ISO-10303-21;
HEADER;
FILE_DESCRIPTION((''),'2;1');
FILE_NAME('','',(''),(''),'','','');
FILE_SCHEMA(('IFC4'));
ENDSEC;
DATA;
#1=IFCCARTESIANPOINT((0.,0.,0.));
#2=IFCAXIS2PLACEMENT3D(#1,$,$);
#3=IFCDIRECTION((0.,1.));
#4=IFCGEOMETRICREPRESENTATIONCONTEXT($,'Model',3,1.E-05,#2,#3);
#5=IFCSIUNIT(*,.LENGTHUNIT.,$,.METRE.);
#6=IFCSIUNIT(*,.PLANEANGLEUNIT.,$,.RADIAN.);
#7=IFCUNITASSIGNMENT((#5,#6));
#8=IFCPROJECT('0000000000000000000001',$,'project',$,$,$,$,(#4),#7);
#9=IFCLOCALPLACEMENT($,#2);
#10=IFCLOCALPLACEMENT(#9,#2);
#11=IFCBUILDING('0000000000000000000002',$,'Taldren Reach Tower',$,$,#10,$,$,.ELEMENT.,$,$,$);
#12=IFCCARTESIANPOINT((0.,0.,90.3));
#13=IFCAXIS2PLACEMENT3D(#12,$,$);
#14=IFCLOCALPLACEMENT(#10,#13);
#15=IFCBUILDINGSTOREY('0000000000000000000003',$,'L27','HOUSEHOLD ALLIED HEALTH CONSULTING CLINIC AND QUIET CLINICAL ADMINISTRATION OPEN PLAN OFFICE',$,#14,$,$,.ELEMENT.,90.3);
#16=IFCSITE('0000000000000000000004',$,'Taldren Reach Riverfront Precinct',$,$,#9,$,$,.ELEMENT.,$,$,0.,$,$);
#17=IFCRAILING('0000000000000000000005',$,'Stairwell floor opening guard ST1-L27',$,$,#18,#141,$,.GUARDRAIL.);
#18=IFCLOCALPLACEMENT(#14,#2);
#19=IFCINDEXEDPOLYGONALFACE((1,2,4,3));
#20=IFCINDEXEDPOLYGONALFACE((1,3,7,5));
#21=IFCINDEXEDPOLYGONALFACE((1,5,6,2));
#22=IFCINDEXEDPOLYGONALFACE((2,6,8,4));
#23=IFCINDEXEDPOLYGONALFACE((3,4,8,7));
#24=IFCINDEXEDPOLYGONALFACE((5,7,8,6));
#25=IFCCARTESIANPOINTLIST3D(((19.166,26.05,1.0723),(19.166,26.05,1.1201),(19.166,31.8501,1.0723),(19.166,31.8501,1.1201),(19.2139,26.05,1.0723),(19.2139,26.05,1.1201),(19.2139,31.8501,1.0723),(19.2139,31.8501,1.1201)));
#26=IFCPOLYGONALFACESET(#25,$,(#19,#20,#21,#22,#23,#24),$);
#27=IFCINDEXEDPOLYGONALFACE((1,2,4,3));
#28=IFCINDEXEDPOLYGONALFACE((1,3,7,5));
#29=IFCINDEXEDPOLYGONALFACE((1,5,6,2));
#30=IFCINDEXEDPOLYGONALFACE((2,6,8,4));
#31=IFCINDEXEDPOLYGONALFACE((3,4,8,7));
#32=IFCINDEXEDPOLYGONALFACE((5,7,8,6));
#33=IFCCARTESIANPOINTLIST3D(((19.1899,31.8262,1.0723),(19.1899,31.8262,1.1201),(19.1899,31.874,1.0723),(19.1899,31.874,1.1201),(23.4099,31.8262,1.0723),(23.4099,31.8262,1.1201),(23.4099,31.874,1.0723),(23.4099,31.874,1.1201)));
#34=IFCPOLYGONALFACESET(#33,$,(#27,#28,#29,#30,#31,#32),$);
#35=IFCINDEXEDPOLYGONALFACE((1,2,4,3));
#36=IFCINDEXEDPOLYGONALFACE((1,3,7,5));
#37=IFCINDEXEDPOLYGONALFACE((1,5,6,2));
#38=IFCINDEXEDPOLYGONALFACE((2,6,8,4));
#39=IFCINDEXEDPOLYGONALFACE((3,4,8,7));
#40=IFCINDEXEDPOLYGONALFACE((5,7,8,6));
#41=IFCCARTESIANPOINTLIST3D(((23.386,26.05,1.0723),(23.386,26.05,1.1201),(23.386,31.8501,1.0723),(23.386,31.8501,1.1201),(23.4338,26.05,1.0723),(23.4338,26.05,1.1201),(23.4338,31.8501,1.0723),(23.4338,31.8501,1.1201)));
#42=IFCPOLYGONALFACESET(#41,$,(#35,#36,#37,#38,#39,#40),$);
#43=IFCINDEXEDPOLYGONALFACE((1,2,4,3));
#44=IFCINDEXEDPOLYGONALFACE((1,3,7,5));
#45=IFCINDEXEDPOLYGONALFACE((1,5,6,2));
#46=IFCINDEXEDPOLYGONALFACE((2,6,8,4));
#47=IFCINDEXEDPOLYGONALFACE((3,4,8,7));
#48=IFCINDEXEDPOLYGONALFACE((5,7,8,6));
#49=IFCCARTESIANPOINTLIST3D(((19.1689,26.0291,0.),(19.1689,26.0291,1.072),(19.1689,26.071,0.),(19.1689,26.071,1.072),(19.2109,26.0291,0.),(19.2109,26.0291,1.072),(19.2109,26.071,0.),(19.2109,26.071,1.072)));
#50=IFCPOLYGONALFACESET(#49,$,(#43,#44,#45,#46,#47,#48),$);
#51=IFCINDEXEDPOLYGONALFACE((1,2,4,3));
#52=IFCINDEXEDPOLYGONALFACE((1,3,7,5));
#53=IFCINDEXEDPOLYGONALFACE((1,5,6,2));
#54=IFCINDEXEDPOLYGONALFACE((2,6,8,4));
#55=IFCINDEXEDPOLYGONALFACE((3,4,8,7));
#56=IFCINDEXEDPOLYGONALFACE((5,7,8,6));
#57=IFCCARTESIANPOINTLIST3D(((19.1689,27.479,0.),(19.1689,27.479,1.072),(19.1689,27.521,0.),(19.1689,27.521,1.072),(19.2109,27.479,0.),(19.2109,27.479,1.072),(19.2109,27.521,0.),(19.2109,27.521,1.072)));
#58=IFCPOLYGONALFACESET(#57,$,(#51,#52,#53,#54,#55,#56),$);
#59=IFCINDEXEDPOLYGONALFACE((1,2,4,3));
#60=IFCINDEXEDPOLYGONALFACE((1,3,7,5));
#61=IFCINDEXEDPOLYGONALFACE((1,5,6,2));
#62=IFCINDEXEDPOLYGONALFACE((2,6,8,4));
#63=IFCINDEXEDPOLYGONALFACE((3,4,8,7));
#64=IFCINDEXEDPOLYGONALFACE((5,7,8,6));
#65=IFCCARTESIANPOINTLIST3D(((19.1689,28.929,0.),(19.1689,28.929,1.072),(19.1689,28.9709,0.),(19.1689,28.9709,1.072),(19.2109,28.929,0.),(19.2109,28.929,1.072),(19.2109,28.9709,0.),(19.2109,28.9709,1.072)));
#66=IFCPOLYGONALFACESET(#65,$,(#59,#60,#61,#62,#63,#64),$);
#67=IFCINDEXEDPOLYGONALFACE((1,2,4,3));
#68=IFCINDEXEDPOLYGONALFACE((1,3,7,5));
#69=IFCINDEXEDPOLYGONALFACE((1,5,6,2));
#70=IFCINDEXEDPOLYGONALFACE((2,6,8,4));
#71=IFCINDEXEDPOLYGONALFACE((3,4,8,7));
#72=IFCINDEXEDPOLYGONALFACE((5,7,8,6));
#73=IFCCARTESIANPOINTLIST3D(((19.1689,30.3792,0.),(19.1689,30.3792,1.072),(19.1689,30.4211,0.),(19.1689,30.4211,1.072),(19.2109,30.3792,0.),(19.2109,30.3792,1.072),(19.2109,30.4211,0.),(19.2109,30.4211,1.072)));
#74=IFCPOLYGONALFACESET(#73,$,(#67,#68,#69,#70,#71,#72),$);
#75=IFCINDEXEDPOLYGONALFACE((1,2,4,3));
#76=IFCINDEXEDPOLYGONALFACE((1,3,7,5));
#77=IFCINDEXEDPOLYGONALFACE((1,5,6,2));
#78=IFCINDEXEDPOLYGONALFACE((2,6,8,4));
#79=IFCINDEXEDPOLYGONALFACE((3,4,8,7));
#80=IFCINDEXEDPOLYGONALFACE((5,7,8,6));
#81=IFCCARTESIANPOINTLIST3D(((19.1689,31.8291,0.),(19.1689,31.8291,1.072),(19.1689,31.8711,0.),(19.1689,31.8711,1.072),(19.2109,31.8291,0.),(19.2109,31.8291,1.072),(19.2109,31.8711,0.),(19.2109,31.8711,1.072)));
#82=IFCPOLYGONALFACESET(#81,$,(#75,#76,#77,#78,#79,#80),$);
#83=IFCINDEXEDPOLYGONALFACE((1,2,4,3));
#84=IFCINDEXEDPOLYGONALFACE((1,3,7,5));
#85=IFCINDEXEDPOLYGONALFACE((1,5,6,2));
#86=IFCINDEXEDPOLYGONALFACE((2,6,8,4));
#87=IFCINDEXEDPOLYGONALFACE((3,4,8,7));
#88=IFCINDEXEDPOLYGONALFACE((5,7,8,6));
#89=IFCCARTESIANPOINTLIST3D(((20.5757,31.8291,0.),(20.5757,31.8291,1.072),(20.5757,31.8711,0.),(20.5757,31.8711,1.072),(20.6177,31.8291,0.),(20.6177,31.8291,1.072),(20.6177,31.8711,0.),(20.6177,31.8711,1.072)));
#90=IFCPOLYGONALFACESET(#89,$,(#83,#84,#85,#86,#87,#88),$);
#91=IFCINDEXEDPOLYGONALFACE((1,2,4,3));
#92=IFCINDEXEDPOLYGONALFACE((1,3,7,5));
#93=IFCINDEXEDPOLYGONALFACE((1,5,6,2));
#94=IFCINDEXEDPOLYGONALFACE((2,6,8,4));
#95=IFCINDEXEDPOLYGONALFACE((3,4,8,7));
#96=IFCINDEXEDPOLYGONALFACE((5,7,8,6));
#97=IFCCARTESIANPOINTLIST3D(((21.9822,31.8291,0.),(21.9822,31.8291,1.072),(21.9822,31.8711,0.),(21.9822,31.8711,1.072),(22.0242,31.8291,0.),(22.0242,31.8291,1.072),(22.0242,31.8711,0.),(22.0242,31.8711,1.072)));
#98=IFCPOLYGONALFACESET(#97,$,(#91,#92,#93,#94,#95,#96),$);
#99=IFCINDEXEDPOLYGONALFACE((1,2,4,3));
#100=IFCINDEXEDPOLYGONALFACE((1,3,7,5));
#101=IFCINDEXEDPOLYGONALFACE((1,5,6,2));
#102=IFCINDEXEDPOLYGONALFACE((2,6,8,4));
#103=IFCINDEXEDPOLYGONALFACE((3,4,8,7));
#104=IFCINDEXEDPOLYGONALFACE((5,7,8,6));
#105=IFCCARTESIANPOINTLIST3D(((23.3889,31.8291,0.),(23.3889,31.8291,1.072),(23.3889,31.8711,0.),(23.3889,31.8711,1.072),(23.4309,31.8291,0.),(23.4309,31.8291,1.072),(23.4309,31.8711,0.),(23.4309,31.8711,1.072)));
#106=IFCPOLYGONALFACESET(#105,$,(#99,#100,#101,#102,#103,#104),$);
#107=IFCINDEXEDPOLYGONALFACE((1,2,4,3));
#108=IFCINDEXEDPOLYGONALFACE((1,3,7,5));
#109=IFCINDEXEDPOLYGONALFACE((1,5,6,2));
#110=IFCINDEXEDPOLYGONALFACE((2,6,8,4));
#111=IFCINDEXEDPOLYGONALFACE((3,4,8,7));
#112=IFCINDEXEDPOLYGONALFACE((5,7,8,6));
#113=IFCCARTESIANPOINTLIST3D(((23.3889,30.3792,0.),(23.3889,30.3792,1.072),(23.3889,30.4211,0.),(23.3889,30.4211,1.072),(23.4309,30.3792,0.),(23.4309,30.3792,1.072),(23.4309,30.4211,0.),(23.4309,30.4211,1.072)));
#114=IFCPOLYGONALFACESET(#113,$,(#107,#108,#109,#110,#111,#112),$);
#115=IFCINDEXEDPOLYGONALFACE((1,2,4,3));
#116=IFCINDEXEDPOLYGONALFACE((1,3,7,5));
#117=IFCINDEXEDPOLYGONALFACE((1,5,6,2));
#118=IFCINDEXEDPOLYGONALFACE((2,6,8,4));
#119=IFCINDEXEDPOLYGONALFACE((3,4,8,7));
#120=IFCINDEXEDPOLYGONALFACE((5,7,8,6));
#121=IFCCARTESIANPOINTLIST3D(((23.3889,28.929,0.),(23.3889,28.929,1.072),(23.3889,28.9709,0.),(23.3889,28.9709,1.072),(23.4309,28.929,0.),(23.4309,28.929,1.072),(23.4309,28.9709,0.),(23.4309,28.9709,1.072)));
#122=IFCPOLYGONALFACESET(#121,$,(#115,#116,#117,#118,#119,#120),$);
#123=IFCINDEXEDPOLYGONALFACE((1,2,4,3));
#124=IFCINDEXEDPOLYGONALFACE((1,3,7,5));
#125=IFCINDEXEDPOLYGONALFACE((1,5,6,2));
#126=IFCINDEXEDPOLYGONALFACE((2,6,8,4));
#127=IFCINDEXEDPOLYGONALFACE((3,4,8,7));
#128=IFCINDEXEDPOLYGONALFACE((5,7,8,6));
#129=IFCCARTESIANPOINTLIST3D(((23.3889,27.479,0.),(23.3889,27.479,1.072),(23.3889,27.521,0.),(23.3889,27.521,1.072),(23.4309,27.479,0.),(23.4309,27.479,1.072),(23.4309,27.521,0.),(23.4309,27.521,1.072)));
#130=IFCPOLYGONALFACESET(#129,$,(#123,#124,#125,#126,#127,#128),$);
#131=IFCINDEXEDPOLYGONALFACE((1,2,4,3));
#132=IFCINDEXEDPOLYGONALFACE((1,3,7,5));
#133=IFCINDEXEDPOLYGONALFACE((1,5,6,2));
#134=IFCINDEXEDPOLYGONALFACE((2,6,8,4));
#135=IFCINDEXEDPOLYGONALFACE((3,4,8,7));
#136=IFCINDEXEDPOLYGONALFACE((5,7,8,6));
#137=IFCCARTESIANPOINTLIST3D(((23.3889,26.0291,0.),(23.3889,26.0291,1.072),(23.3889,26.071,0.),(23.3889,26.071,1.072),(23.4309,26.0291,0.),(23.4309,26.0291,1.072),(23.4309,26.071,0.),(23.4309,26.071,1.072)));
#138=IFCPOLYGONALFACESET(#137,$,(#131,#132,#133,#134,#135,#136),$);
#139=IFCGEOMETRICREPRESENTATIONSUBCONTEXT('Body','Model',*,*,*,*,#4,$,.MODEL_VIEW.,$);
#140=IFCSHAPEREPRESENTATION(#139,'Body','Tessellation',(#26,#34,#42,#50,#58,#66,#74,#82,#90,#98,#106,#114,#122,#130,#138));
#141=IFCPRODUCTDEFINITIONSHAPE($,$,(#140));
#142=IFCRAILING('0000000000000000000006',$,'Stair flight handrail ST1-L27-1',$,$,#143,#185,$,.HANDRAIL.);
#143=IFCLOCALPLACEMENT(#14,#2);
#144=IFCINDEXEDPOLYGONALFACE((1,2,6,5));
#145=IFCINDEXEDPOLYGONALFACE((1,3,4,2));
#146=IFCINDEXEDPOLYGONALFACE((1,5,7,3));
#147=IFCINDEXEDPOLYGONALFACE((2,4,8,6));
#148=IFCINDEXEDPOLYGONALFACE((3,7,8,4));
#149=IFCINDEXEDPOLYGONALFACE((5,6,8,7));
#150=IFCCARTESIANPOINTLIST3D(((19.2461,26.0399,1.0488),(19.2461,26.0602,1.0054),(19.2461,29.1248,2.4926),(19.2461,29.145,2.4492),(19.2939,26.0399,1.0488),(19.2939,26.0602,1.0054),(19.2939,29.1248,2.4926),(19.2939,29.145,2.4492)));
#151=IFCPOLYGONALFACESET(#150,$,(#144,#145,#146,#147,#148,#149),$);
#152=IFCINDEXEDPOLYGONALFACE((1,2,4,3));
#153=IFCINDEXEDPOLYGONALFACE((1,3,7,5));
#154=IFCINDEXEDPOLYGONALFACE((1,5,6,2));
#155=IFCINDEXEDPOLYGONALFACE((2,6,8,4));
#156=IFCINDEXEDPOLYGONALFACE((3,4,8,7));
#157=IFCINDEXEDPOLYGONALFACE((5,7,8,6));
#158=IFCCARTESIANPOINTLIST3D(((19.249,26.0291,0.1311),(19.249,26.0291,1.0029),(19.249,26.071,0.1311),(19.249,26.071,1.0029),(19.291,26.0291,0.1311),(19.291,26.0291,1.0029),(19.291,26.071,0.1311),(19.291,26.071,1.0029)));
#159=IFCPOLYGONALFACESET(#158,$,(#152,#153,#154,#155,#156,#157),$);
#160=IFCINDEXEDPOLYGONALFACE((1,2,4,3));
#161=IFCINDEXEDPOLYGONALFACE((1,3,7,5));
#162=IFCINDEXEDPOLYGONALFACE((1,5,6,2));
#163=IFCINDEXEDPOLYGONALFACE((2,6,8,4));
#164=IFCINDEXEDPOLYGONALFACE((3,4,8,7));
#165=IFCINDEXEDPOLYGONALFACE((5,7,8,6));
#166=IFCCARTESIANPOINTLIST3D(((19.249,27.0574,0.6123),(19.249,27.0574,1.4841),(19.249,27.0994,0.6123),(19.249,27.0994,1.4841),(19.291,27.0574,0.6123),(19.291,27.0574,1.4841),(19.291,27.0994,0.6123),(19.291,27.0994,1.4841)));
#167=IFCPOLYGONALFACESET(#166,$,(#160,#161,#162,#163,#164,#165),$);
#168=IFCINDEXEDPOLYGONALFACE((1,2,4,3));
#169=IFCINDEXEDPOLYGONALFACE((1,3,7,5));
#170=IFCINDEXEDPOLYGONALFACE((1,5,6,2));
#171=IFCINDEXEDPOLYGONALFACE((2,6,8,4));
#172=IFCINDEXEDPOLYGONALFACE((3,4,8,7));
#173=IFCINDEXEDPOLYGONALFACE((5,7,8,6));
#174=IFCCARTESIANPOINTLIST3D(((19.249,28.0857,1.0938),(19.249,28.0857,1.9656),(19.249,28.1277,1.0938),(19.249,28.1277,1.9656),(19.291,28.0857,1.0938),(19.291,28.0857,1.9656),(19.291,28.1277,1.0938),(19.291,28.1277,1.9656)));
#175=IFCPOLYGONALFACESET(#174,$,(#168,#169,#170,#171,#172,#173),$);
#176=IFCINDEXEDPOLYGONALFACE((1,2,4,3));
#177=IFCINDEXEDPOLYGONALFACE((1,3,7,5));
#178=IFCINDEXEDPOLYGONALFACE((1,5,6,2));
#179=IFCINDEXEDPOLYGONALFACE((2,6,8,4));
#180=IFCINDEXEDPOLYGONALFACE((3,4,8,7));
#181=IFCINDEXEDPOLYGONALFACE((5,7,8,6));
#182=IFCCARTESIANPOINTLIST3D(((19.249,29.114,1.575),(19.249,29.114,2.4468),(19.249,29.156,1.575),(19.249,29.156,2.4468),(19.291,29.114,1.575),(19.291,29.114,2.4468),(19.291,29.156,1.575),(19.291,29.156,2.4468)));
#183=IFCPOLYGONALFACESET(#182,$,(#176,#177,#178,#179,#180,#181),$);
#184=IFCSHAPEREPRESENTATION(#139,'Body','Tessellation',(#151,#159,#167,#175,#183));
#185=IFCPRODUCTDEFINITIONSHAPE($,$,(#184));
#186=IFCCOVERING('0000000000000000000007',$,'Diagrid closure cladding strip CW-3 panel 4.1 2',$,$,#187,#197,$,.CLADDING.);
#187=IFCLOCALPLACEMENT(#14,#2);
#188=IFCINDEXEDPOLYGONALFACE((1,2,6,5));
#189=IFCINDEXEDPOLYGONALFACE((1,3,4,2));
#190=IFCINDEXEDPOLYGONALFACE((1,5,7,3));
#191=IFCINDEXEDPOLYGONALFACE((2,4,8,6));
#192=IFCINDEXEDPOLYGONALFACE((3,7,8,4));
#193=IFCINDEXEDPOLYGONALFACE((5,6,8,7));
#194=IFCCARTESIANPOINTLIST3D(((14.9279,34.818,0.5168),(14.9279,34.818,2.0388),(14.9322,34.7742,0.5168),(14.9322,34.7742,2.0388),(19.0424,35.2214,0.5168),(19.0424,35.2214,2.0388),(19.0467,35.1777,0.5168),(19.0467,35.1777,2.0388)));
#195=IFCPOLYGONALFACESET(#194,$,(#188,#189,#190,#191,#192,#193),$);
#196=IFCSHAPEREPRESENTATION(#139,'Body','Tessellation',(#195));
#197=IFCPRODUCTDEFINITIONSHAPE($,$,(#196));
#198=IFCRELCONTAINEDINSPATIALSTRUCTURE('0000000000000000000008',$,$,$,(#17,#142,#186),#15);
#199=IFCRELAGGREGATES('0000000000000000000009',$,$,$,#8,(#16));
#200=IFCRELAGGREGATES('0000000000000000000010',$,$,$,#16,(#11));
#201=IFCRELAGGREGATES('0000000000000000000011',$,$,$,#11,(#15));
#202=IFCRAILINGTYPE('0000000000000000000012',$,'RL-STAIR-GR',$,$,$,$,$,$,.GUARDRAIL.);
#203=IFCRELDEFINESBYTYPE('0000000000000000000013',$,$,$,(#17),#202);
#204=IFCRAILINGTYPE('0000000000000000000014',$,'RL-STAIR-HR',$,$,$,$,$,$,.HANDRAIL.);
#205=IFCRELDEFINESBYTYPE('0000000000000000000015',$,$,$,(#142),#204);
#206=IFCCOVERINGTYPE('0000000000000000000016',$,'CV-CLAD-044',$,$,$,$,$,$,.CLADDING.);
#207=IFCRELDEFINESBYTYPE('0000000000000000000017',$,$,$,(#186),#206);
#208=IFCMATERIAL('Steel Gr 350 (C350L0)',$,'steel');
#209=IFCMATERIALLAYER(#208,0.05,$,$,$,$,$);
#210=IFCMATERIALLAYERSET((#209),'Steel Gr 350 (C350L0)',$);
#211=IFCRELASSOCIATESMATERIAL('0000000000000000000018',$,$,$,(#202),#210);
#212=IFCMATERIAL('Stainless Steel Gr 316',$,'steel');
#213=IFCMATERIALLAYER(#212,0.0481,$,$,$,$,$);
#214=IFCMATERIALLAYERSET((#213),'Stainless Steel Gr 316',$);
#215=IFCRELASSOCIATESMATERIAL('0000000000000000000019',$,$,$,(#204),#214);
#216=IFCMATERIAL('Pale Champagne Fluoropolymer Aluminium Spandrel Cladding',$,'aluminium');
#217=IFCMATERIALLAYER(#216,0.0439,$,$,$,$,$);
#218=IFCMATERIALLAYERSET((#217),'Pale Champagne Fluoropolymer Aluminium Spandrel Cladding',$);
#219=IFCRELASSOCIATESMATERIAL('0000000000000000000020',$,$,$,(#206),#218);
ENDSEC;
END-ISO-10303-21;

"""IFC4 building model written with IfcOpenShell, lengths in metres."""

from ifc_helpers import new_model, si_unit, direction, frame, origin, origin_2d, place, context, subcontext, project, spatial, rectangle, extrude, source, transform, mapped, material, layer, layer_set, type_object, element, save


model = new_model("IFC4")

# Units and contexts
model_context = context("Model", 3, precision=1e-05, world=origin(), true_north=direction((0.0, 1.0)))
body_context = subcontext(model_context, "Body", "Model", "MODEL_VIEW")
ifc_project = project(units=[si_unit("LENGTHUNIT", "METRE"), si_unit("PLANEANGLEUNIT", "RADIAN")], contexts=[model_context])

# Site, building, storey
site_placement = place(None, origin())
site = spatial("IfcSite", under=ifc_project, at=site_placement, Name="Taldren Reach Riverfront Precinct", CompositionType="ELEMENT", RefElevation=0.0)
building_placement = place(site_placement, origin())
building = spatial("IfcBuilding", under=site, at=building_placement, Name="Taldren Reach Tower", CompositionType="ELEMENT")
storey_placement = place(building_placement, frame((0.0, 0.0, 90.3)))
storey = spatial("IfcBuildingStorey", under=building, at=storey_placement, Name="L27", Description="HOUSEHOLD ALLIED HEALTH CONSULTING CLINIC AND QUIET CLINICAL ADMINISTRATION OPEN PLAN OFFICE", CompositionType="ELEMENT", Elevation=90.3)

# Shared definitions
ifc_material_1 = material(Name="Steel Gr 350 (C350L0)", Category="steel")

# Railings
ifc_layer_1 = layer(ifc_material_1, 0.05)
ifc_layer_set_1 = layer_set([ifc_layer_1], Name="Steel Gr 350 (C350L0)")
railing_type_1 = type_object("IfcRailingType", Name="RL-STAIR-GR", PredefinedType="GUARDRAIL", material=ifc_layer_set_1)
railing_1_placement = place(storey_placement, frame((19.1899, 26.05, 0.0)))
element("IfcRailing", 1, at=railing_1_placement, inside=storey, type_object=railing_type_1, Name="Stairwell floor opening guard ST1-L27", PredefinedType="GUARDRAIL", context=body_context, shape_type="SweptSolid", body=[
    extrude(rectangle(XDim=0.0479, YDim=0.0479, at=origin_2d()), frame((0.0, 0.0, 1.0962), z_axis=(0.0, 1.0, 0.0), x_axis=(-1.0, 0.0, 0.0)), (0.0, 0.0, 1.0), 5.8),
    extrude(rectangle(XDim=0.0479, YDim=0.0479, at=origin_2d()), frame((0.0, 5.8, 1.0962), z_axis=(1.0, 0.0, 0.0), x_axis=(0.0, 1.0, 0.0)), (0.0, 0.0, 1.0), 4.22),
    extrude(rectangle(XDim=0.0479, YDim=0.0479, at=origin_2d()), frame((4.22, 5.8, 1.0962), z_axis=(0.0, -1.0, 0.0), x_axis=(1.0, 0.0, 0.0)), (0.0, 0.0, 1.0), 5.8),
    extrude(rectangle(XDim=0.042, YDim=0.042, at=origin_2d()), origin(), (0.0, 0.0, 1.0), 1.072),
    extrude(rectangle(XDim=0.042, YDim=0.042, at=origin_2d()), frame((0.0, 1.45, 0.0)), (0.0, 0.0, 1.0), 1.072),
    extrude(rectangle(XDim=0.042, YDim=0.042, at=origin_2d()), frame((0.0, 2.8999, 0.0)), (0.0, 0.0, 1.0), 1.072),
    extrude(rectangle(XDim=0.042, YDim=0.042, at=origin_2d()), frame((0.0, 4.3501, 0.0)), (0.0, 0.0, 1.0), 1.072),
    extrude(rectangle(XDim=0.042, YDim=0.042, at=origin_2d()), frame((0.0, 5.8, 0.0)), (0.0, 0.0, 1.0), 1.072),
    extrude(rectangle(XDim=0.042, YDim=0.042, at=origin_2d()), frame((1.4067, 5.8, 0.0)), (0.0, 0.0, 1.0), 1.072),
    extrude(rectangle(XDim=0.042, YDim=0.042, at=origin_2d()), frame((2.8132, 5.8, 0.0)), (0.0, 0.0, 1.0), 1.072),
    extrude(rectangle(XDim=0.042, YDim=0.042, at=origin_2d()), frame((4.22, 5.8, 0.0)), (0.0, 0.0, 1.0), 1.072),
    extrude(rectangle(XDim=0.042, YDim=0.042, at=origin_2d()), frame((4.22, 4.3501, 0.0)), (0.0, 0.0, 1.0), 1.072),
    extrude(rectangle(XDim=0.042, YDim=0.042, at=origin_2d()), frame((4.22, 2.8999, 0.0)), (0.0, 0.0, 1.0), 1.072),
    extrude(rectangle(XDim=0.042, YDim=0.042, at=origin_2d()), frame((4.22, 1.45, 0.0)), (0.0, 0.0, 1.0), 1.072),
    extrude(rectangle(XDim=0.042, YDim=0.042, at=origin_2d()), frame((4.22, 0.0, 0.0)), (0.0, 0.0, 1.0), 1.072),
])
ifc_material_2 = material(Name="Stainless Steel Gr 316", Category="steel")
ifc_layer_2 = layer(ifc_material_2, 0.0481)
ifc_layer_set_2 = layer_set([ifc_layer_2], Name="Stainless Steel Gr 316")
railing_type_2 = type_object("IfcRailingType", Name="RL-STAIR-HR", PredefinedType="HANDRAIL", material=ifc_layer_set_2)
railing_2_placement = place(storey_placement, frame((19.27, 26.05, 0.1311)))
element("IfcRailing", 2, at=railing_2_placement, inside=storey, type_object=railing_type_2, Name="Stair flight handrail ST1-L27-1", PredefinedType="HANDRAIL", context=body_context, shape_type="SweptSolid", body=[
    extrude(rectangle(XDim=0.0479, YDim=0.0479, at=origin_2d()), frame((0.0, 0.0, 0.896), z_axis=(0.0, 0.90571, 0.423898), x_axis=(-1.0, 0.0, 0.0)), (0.0, 0.0, 1.0), 3.406),
    extrude(rectangle(XDim=0.042, YDim=0.042, at=origin_2d()), origin(), (0.0, 0.0, 1.0), 0.8718),
    extrude(rectangle(XDim=0.042, YDim=0.042, at=origin_2d()), frame((0.0, 1.0283, 0.4812)), (0.0, 0.0, 1.0), 0.8718),
    extrude(rectangle(XDim=0.042, YDim=0.042, at=origin_2d()), frame((0.0, 2.0566, 0.9626)), (0.0, 0.0, 1.0), 0.8718),
    extrude(rectangle(XDim=0.042, YDim=0.042, at=origin_2d()), frame((0.0, 3.085, 1.4438)), (0.0, 0.0, 1.0), 0.8718),
])

# Covering
ifc_material_3 = material(Name="Pale Champagne Fluoropolymer Aluminium Spandrel Cladding", Category="aluminium")
ifc_layer_3 = layer(ifc_material_3, 0.0439)
ifc_layer_set_3 = layer_set([ifc_layer_3], Name="Pale Champagne Fluoropolymer Aluminium Spandrel Cladding")
covering_type = type_object("IfcCoveringType", Name="CV-CLAD-044", PredefinedType="CLADDING", material=ifc_layer_set_3)
shared_shape_1 = source(origin(), body_context, "Body", "SweptSolid", [
    extrude(rectangle(XDim=4.1343, YDim=0.0439, at=origin_2d()), origin(), (0.0, 0.0, 1.0), 1.522),
])
covering_placement = place(storey_placement, frame((16.9873, 34.9978, 0.5168), z_axis=(0.0, 0.0, 1.0), x_axis=(-0.995227, -0.097583, 0.0)))
element("IfcCovering", 3, at=covering_placement, inside=storey, type_object=covering_type, Name="Diagrid closure cladding strip CW-3 panel 4.1 2", PredefinedType="CLADDING", context=body_context, shape_type="MappedRepresentation", body=[
    mapped(shared_shape_1, transform((0.0, 0.0, 0.0), scale=1.0)),
])

save(model, "model.ifc")
